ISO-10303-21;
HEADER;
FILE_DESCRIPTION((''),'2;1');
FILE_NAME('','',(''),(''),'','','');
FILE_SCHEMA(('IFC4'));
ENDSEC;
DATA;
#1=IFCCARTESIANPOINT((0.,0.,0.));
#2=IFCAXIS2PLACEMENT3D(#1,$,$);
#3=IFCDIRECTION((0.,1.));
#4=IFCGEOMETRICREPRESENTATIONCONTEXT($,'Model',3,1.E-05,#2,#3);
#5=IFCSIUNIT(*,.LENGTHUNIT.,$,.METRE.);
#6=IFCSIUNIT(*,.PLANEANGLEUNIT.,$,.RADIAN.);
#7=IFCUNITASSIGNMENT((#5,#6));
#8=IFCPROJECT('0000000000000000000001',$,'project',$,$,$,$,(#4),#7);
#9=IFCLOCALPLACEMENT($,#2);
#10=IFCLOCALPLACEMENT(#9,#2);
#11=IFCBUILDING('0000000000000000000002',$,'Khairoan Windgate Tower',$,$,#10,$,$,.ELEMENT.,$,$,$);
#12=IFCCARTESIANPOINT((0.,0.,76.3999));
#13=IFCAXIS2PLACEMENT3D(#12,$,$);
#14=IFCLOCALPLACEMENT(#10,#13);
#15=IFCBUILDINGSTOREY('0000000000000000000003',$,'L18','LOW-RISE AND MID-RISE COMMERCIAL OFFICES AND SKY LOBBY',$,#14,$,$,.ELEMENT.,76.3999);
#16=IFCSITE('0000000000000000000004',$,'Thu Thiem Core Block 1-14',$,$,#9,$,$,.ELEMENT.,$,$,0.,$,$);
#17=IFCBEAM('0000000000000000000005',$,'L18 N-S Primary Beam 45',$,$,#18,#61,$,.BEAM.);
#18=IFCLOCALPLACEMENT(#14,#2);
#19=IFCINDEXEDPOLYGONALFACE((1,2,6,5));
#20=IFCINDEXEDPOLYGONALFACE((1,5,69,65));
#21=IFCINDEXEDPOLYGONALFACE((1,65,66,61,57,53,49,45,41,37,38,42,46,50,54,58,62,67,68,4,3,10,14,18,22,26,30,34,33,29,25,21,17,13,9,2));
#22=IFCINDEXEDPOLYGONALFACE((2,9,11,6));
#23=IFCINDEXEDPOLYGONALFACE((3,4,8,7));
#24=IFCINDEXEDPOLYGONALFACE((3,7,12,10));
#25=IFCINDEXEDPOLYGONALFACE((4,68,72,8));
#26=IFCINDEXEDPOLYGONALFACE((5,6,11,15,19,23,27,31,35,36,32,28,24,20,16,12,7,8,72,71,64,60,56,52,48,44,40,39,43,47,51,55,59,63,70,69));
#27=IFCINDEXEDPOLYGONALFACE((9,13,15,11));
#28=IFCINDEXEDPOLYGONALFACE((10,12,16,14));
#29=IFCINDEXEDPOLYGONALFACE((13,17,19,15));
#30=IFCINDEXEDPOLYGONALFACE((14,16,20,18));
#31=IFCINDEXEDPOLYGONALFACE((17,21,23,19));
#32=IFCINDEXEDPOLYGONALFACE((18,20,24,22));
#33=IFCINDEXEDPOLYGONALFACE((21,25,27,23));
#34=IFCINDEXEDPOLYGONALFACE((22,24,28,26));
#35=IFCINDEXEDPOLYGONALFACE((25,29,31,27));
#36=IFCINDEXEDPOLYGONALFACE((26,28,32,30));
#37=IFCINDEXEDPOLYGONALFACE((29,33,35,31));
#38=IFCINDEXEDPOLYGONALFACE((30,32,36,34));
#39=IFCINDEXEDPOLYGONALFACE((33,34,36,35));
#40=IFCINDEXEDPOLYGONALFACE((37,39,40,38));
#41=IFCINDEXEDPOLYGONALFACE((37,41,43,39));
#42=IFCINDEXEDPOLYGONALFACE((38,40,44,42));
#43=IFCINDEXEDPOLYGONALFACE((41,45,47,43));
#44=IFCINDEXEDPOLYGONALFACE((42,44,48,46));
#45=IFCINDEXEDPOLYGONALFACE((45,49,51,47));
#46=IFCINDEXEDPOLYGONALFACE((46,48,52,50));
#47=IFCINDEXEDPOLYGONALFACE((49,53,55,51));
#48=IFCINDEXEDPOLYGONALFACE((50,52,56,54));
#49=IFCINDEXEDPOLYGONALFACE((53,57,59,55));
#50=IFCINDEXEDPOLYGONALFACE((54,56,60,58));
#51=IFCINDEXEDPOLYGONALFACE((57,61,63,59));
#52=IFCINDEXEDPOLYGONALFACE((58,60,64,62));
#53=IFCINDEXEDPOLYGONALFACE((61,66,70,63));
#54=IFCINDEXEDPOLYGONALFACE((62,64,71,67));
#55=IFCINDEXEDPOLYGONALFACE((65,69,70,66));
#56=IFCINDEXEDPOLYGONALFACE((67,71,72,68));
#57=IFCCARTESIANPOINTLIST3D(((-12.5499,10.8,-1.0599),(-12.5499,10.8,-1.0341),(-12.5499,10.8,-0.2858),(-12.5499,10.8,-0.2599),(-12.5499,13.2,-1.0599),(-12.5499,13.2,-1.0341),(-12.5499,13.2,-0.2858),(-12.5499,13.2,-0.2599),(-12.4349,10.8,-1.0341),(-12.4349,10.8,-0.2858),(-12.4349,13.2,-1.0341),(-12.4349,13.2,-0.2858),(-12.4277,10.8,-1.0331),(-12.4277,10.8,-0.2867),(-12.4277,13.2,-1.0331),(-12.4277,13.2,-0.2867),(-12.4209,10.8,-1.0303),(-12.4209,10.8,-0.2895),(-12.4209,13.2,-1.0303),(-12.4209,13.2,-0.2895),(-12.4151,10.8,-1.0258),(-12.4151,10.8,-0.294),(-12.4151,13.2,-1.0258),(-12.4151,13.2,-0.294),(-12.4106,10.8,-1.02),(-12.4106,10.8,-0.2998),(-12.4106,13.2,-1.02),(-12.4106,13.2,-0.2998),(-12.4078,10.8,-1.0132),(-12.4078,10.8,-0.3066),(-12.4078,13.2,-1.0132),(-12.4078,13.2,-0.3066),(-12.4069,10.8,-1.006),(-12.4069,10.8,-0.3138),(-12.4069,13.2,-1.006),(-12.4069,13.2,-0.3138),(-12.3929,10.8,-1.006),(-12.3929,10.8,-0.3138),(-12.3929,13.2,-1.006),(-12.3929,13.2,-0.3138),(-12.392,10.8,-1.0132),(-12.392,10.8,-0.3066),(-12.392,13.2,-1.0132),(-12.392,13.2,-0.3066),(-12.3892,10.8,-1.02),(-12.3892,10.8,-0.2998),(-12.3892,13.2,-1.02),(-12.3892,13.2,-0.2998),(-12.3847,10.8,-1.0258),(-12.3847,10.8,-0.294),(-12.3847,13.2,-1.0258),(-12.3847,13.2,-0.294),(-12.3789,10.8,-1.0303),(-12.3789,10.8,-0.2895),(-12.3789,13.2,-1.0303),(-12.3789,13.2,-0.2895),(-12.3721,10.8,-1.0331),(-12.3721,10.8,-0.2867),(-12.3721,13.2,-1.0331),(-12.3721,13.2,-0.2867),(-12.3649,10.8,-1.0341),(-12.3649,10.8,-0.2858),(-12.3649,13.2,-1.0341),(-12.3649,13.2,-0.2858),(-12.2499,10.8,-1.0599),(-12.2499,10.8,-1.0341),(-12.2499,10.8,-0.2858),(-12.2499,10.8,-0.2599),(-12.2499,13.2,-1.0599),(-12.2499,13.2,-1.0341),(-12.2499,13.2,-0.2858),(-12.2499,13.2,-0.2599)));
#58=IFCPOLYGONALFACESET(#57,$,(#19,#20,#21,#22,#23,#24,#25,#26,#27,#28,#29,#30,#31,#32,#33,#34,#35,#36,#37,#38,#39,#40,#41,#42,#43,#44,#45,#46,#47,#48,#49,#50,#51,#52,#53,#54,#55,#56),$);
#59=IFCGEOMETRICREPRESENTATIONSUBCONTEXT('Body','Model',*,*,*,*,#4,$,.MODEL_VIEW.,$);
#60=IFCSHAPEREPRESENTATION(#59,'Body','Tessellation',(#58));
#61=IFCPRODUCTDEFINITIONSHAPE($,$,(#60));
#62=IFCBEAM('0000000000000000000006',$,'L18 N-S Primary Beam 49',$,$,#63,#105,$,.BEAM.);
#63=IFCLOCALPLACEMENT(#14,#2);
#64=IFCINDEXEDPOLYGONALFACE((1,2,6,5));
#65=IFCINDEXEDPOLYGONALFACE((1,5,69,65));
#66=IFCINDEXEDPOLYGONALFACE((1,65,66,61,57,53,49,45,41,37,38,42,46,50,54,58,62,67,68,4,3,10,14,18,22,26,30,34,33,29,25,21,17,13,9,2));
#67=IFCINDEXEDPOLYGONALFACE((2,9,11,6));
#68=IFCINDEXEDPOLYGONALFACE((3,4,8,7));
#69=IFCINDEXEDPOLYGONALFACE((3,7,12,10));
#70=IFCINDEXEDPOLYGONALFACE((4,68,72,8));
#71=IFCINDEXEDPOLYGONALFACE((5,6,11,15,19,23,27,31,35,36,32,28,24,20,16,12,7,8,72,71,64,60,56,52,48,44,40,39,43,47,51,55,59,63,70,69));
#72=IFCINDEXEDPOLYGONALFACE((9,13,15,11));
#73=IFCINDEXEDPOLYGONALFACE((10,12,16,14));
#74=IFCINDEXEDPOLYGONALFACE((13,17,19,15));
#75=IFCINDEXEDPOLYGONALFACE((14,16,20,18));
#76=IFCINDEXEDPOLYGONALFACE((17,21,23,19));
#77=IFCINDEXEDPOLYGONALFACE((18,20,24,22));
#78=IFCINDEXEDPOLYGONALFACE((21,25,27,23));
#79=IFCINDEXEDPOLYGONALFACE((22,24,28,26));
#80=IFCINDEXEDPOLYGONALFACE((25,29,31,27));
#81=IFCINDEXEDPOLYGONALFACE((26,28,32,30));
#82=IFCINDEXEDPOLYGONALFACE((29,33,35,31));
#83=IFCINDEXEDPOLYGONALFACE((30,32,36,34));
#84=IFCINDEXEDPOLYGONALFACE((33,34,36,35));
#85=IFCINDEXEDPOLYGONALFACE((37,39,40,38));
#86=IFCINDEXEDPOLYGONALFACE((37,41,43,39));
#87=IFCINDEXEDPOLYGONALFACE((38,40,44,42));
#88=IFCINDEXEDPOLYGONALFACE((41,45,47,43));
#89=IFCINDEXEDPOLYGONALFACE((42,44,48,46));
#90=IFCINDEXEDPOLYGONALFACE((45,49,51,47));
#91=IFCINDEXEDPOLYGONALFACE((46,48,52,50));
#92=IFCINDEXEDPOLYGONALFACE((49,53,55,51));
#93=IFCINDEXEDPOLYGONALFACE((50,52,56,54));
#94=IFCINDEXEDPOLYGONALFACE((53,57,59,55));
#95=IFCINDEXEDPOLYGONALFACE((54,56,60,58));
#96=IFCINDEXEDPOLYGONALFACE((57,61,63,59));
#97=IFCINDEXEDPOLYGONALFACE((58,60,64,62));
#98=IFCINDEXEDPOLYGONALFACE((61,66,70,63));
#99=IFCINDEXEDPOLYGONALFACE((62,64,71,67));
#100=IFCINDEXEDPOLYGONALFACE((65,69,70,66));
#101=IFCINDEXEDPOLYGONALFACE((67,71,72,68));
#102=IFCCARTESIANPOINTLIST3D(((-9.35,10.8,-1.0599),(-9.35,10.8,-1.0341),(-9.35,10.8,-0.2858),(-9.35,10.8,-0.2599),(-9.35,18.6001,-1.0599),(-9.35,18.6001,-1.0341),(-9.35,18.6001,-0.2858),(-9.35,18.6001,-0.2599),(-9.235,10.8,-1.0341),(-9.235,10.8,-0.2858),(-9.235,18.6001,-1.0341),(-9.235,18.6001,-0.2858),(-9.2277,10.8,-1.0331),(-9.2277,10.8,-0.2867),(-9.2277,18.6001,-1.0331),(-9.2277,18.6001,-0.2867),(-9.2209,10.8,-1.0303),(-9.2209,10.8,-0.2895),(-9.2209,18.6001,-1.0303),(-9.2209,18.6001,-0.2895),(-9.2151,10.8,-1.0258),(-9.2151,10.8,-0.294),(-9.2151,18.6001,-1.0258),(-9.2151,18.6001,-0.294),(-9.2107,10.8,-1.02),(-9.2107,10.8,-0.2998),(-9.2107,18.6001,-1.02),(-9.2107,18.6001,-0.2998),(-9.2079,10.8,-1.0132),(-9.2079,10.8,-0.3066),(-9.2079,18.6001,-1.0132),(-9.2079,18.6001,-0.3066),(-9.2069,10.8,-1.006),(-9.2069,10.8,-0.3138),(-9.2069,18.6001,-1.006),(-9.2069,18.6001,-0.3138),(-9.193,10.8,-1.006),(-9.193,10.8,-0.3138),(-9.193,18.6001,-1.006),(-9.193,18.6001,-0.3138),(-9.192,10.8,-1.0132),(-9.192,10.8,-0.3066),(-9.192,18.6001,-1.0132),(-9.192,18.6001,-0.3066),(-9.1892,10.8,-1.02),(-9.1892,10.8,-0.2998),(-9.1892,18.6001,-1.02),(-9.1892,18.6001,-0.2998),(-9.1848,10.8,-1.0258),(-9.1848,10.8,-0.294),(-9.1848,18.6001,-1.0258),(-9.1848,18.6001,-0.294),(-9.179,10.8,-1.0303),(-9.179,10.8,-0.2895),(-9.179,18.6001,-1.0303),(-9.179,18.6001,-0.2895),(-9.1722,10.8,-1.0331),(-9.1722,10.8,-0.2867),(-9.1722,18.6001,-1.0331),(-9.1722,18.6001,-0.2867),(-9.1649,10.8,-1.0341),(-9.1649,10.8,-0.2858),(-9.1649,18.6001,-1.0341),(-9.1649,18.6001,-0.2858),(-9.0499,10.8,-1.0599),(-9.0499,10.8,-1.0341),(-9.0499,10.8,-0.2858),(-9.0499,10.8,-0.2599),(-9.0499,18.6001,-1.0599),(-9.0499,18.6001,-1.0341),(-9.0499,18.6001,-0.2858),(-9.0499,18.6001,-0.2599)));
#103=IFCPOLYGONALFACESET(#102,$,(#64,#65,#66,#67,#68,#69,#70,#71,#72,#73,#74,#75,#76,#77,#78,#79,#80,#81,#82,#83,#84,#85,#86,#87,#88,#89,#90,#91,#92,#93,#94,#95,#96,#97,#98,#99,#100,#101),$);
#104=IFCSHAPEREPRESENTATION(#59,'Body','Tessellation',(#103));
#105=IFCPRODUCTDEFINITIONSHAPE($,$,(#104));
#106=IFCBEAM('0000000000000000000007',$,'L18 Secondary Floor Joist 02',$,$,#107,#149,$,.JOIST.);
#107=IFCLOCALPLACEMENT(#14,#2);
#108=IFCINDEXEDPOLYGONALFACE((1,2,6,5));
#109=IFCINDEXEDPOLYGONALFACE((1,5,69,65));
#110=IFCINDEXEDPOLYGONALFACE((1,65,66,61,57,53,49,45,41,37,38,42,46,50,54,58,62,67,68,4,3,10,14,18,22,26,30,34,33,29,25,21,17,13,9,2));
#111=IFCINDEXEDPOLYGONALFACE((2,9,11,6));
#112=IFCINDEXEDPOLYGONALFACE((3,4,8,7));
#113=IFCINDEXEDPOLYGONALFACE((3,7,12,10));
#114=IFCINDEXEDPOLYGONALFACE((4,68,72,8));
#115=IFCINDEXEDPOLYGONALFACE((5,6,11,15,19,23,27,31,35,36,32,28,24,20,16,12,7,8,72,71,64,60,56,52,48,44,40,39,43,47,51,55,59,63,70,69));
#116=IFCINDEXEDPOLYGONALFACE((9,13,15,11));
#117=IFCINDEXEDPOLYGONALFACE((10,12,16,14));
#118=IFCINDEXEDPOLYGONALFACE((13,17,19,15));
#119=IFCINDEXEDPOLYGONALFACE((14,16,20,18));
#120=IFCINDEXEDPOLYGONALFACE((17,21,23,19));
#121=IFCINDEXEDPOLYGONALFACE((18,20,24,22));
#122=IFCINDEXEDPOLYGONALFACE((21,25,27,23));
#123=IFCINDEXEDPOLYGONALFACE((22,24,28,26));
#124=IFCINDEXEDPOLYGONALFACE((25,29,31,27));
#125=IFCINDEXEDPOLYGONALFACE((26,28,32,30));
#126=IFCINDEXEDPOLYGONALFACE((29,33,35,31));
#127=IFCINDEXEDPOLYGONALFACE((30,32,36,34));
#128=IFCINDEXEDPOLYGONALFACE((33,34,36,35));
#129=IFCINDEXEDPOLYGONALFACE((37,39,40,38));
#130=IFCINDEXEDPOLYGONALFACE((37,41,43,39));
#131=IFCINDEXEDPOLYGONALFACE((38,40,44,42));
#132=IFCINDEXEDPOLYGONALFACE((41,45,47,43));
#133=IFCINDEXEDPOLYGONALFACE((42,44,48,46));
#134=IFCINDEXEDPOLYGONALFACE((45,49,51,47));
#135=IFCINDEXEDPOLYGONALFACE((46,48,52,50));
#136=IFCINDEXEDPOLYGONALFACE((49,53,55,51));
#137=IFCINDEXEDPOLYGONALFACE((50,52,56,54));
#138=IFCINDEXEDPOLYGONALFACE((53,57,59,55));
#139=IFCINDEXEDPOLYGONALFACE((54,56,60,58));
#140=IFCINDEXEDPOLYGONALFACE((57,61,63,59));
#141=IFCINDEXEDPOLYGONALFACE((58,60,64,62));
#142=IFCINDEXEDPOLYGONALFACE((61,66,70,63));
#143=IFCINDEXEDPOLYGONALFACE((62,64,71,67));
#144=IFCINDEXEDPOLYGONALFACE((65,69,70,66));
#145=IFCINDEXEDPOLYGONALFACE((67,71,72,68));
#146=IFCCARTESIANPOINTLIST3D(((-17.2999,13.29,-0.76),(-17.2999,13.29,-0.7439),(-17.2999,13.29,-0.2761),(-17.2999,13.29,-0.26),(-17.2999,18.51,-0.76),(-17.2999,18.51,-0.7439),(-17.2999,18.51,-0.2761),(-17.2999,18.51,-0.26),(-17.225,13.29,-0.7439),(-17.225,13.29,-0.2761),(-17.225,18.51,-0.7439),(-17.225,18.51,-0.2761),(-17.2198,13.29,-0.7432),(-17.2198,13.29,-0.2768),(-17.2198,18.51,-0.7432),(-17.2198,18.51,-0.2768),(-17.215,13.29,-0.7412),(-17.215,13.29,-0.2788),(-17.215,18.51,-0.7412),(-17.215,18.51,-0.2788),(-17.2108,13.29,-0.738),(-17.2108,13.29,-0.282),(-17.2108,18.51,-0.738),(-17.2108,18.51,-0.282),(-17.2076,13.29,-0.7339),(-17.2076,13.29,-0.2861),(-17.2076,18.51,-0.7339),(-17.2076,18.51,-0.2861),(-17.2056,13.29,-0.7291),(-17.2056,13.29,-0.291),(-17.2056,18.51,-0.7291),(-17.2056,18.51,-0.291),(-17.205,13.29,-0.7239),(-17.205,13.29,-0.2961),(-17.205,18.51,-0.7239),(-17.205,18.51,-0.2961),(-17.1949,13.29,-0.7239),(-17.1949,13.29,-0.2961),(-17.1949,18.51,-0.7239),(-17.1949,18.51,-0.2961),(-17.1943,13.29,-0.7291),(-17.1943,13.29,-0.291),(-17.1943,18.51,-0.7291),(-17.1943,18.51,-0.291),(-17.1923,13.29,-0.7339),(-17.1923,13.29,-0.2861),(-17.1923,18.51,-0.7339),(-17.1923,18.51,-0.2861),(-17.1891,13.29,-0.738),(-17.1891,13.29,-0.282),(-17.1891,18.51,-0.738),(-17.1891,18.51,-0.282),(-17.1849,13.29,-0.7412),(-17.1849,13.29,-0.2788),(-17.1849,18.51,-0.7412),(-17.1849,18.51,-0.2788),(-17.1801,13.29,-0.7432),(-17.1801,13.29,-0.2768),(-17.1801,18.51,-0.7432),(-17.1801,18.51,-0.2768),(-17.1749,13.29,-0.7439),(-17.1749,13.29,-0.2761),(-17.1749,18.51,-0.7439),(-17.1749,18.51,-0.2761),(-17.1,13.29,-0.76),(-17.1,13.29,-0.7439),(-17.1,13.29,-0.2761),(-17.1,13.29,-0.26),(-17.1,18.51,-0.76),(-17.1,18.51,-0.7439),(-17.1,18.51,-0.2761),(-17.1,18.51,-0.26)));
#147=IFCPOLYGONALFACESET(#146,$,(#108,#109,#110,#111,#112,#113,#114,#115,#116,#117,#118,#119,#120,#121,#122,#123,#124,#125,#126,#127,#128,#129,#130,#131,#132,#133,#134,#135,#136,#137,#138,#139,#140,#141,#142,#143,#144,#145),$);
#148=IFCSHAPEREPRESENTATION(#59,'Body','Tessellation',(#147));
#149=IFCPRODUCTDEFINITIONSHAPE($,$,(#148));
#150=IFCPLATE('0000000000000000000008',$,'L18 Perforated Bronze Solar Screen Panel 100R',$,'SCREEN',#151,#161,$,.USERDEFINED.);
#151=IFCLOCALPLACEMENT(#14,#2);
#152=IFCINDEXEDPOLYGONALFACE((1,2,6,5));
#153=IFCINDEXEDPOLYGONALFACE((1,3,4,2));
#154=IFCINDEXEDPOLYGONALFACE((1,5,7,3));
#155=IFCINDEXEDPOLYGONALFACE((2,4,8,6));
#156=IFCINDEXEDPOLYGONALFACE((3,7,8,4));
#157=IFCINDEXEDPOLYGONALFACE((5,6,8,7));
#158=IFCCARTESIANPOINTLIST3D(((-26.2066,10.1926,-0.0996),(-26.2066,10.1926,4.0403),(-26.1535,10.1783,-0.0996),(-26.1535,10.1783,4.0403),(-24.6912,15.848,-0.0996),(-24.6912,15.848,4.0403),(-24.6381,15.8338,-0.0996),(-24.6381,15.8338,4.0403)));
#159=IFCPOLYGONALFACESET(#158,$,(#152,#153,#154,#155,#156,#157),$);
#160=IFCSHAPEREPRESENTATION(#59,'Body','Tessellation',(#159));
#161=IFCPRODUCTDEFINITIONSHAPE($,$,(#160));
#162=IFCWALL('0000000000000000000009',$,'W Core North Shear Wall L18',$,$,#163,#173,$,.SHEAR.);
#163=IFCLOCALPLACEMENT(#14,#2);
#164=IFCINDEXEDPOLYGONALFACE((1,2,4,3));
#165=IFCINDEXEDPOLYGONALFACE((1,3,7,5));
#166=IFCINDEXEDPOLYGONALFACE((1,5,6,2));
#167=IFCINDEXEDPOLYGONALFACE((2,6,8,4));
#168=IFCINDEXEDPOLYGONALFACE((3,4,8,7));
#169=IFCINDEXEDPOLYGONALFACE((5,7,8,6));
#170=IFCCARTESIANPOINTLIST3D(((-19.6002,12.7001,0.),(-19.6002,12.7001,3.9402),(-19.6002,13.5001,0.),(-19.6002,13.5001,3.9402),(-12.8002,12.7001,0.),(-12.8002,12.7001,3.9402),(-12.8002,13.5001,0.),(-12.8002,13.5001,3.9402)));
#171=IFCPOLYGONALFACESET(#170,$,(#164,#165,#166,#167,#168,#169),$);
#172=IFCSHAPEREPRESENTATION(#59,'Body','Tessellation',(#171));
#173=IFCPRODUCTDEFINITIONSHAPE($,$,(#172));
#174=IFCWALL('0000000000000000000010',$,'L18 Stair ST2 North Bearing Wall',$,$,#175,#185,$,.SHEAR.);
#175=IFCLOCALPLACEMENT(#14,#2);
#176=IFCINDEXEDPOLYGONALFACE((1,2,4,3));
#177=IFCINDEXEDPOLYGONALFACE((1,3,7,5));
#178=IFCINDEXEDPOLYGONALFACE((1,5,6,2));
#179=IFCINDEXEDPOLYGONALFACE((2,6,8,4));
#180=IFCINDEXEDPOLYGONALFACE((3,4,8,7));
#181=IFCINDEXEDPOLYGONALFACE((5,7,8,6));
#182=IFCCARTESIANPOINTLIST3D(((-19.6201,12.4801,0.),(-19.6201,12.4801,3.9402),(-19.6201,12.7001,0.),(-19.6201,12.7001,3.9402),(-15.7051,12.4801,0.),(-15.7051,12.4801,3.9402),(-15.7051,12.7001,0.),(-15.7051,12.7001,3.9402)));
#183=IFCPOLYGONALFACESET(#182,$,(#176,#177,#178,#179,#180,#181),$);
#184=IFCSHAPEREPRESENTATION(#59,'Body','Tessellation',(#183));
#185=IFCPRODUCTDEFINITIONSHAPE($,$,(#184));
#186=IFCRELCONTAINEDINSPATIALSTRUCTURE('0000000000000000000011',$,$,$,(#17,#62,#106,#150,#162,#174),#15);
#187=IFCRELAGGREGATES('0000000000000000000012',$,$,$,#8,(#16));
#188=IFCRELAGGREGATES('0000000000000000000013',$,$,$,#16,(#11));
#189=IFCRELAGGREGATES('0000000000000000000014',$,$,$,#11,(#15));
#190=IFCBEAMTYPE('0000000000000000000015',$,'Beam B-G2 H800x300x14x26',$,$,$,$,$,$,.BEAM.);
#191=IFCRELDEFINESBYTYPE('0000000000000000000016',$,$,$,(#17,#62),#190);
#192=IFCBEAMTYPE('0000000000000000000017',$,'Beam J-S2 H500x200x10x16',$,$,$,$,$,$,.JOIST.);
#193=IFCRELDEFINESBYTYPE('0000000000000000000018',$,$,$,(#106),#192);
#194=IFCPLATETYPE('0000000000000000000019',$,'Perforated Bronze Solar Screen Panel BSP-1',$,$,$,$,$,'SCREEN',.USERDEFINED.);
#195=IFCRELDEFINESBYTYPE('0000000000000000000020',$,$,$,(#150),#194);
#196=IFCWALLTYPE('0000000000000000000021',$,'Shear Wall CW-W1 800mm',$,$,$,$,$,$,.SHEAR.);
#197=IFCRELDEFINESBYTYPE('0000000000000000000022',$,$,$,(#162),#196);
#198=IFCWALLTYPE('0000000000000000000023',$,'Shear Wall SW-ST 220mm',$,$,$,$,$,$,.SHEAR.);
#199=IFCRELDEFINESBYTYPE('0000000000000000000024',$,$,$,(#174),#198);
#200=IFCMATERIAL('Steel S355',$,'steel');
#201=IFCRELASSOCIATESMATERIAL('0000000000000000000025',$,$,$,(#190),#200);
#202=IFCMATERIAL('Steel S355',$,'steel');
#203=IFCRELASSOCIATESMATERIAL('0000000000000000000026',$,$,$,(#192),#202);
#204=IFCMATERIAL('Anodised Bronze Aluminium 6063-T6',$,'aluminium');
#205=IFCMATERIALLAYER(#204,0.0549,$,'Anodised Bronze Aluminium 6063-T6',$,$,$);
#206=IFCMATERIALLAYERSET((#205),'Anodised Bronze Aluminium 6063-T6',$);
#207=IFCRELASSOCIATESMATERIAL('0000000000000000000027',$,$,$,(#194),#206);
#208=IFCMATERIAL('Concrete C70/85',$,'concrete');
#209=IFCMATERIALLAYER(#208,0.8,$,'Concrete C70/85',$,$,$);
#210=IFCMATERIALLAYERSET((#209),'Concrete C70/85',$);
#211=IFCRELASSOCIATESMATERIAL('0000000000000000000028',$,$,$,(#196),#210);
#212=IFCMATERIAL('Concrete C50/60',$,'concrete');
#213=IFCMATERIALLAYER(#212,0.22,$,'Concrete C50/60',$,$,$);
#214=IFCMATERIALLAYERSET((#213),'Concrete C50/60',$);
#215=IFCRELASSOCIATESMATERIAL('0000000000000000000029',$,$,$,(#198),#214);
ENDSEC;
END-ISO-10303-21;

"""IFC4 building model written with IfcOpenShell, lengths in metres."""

from ifc_helpers import new_model, si_unit, direction, frame, frame_2d, origin, origin_2d, place, context, subcontext, project, spatial, rectangle, i_section, extrude, material, layer, layer_set, material_profile, profile_set, type_object, element, save


model = new_model("IFC4")

# Units and contexts
model_context = context("Model", 3, precision=1e-05, world=origin(), true_north=direction((0.0, 1.0)))
body_context = subcontext(model_context, "Body", "Model", "MODEL_VIEW")
ifc_project = project(units=[si_unit("LENGTHUNIT", "METRE"), si_unit("PLANEANGLEUNIT", "RADIAN")], contexts=[model_context])

# Site, building, storey
site_placement = place(None, origin())
site = spatial("IfcSite", under=ifc_project, at=site_placement, Name="Thu Thiem Core Block 1-14", CompositionType="ELEMENT", RefElevation=0.0)
building_placement = place(site_placement, origin())
building = spatial("IfcBuilding", under=site, at=building_placement, Name="Khairoan Windgate Tower", CompositionType="ELEMENT")
storey_placement = place(building_placement, frame((0.0, 0.0, 76.3999)))
storey = spatial("IfcBuildingStorey", under=building, at=storey_placement, Name="L18", Description="LOW-RISE AND MID-RISE COMMERCIAL OFFICES AND SKY LOBBY", CompositionType="ELEMENT", Elevation=76.3999)

# Beams
ifc_material_1 = material(Name="Steel S355", Category="steel")
ifc_material_profile_1 = material_profile(ifc_material_1, i_section(OverallWidth=0.3, OverallDepth=0.8, WebThickness=0.0139, FlangeThickness=0.0259, FilletRadius=0.0281, at=origin_2d()))
ifc_profile_set_1 = profile_set([ifc_material_profile_1], Name="Steel S355")
beam_type_1 = type_object("IfcBeamType", Name="Beam B-G2 H800x300x14x26", PredefinedType="BEAM", material=ifc_profile_set_1)
beam_1_placement = place(storey_placement, frame((-12.3999, 10.8, -0.6599), z_axis=(0.0, 1.0, 0.0), x_axis=(-1.0, 0.0, 0.0)))
element("IfcBeam", 1, at=beam_1_placement, inside=storey, type_object=beam_type_1, Name="L18 N-S Primary Beam 45", PredefinedType="BEAM", context=body_context, shape_type="SweptSolid", body=[
    extrude(i_section(OverallWidth=0.3, OverallDepth=0.8, WebThickness=0.0139, FlangeThickness=0.0259, FilletRadius=0.0281, at=origin_2d()), origin(), (0.0, 0.0, 1.0), 2.3999),
])
beam_2_placement = place(storey_placement, frame((-9.2, 10.8, -0.6599), z_axis=(0.0, 1.0, 0.0), x_axis=(-1.0, 0.0, 0.0)))
element("IfcBeam", 2, at=beam_2_placement, inside=storey, type_object=beam_type_1, Name="L18 N-S Primary Beam 49", PredefinedType="BEAM", context=body_context, shape_type="SweptSolid", body=[
    extrude(i_section(OverallWidth=0.3, OverallDepth=0.8, WebThickness=0.0139, FlangeThickness=0.0259, FilletRadius=0.0281, at=origin_2d()), origin(), (0.0, 0.0, 1.0), 7.8),
])
ifc_material_2 = material(Name="Steel S355", Category="steel")
ifc_material_profile_2 = material_profile(ifc_material_2, i_section(OverallWidth=0.2, OverallDepth=0.5, WebThickness=0.01, FlangeThickness=0.0161, FilletRadius=0.02, at=origin_2d()))
ifc_profile_set_2 = profile_set([ifc_material_profile_2], Name="Steel S355")
beam_type_2 = type_object("IfcBeamType", Name="Beam J-S2 H500x200x10x16", PredefinedType="JOIST", material=ifc_profile_set_2)
beam_3_placement = place(storey_placement, frame((-17.2, 13.29, -0.51), z_axis=(0.0, 1.0, 0.0), x_axis=(-1.0, 0.0, 0.0)))
element("IfcBeam", 3, at=beam_3_placement, inside=storey, type_object=beam_type_2, Name="L18 Secondary Floor Joist 02", PredefinedType="JOIST", context=body_context, shape_type="SweptSolid", body=[
    extrude(i_section(OverallWidth=0.2, OverallDepth=0.5, WebThickness=0.01, FlangeThickness=0.0161, FilletRadius=0.02, at=origin_2d()), origin(), (0.0, 0.0, 1.0), 5.22),
])

# Plate
ifc_material_3 = material(Name="Anodised Bronze Aluminium 6063-T6", Category="aluminium")
ifc_layer_1 = layer(ifc_material_3, 0.0549, Name="Anodised Bronze Aluminium 6063-T6")
ifc_layer_set_1 = layer_set([ifc_layer_1], Name="Anodised Bronze Aluminium 6063-T6")
plate_type = type_object("IfcPlateType", Name="Perforated Bronze Solar Screen Panel BSP-1", ElementType="SCREEN", PredefinedType="USERDEFINED", material=ifc_layer_set_1)
plate_placement = place(storey_placement, frame((-25.4224, 13.0132, -0.0996), z_axis=(0.0, 0.0, 1.0), x_axis=(0.258819, 0.965926, 0.0)))
element("IfcPlate", 4, at=plate_placement, inside=storey, type_object=plate_type, Name="L18 Perforated Bronze Solar Screen Panel 100R", ObjectType="SCREEN", PredefinedType="USERDEFINED", context=body_context, shape_type="SweptSolid", body=[
    extrude(rectangle(XDim=5.855, YDim=0.0549, at=origin_2d()), origin(), (0.0, 0.0, 1.0), 4.1399),
])

# Walls
ifc_material_4 = material(Name="Concrete C70/85", Category="concrete")
ifc_layer_2 = layer(ifc_material_4, 0.8, Name="Concrete C70/85")
ifc_layer_set_2 = layer_set([ifc_layer_2], Name="Concrete C70/85")
wall_type_1 = type_object("IfcWallType", Name="Shear Wall CW-W1 800mm", PredefinedType="SHEAR", material=ifc_layer_set_2)
wall_1_placement = place(storey_placement, frame((-19.6001, 13.1001, 0.0), z_axis=(0.0, 0.0, 1.0), x_axis=(1.0, 0.0, 0.0)))
element("IfcWall", 5, at=wall_1_placement, inside=storey, type_object=wall_type_1, Name="W Core North Shear Wall L18", PredefinedType="SHEAR", context=body_context, shape_type="SweptSolid", body=[
    extrude(rectangle(XDim=6.8, YDim=0.8, at=frame_2d((3.3999, 0.0))), origin(), (0.0, 0.0, 1.0), 3.9402),
])
ifc_material_5 = material(Name="Concrete C50/60", Category="concrete")
ifc_layer_3 = layer(ifc_material_5, 0.22, Name="Concrete C50/60")
ifc_layer_set_3 = layer_set([ifc_layer_3], Name="Concrete C50/60")
wall_type_2 = type_object("IfcWallType", Name="Shear Wall SW-ST 220mm", PredefinedType="SHEAR", material=ifc_layer_set_3)
wall_2_placement = place(storey_placement, frame((-19.6201, 12.5901, 0.0), z_axis=(0.0, 0.0, 1.0), x_axis=(1.0, 0.0, 0.0)))
element("IfcWall", 6, at=wall_2_placement, inside=storey, type_object=wall_type_2, Name="L18 Stair ST2 North Bearing Wall", PredefinedType="SHEAR", context=body_context, shape_type="SweptSolid", body=[
    extrude(rectangle(XDim=3.915, YDim=0.22, at=frame_2d((1.9575, 0.0))), origin(), (0.0, 0.0, 1.0), 3.9402),
])

save(model, "model.ifc")
